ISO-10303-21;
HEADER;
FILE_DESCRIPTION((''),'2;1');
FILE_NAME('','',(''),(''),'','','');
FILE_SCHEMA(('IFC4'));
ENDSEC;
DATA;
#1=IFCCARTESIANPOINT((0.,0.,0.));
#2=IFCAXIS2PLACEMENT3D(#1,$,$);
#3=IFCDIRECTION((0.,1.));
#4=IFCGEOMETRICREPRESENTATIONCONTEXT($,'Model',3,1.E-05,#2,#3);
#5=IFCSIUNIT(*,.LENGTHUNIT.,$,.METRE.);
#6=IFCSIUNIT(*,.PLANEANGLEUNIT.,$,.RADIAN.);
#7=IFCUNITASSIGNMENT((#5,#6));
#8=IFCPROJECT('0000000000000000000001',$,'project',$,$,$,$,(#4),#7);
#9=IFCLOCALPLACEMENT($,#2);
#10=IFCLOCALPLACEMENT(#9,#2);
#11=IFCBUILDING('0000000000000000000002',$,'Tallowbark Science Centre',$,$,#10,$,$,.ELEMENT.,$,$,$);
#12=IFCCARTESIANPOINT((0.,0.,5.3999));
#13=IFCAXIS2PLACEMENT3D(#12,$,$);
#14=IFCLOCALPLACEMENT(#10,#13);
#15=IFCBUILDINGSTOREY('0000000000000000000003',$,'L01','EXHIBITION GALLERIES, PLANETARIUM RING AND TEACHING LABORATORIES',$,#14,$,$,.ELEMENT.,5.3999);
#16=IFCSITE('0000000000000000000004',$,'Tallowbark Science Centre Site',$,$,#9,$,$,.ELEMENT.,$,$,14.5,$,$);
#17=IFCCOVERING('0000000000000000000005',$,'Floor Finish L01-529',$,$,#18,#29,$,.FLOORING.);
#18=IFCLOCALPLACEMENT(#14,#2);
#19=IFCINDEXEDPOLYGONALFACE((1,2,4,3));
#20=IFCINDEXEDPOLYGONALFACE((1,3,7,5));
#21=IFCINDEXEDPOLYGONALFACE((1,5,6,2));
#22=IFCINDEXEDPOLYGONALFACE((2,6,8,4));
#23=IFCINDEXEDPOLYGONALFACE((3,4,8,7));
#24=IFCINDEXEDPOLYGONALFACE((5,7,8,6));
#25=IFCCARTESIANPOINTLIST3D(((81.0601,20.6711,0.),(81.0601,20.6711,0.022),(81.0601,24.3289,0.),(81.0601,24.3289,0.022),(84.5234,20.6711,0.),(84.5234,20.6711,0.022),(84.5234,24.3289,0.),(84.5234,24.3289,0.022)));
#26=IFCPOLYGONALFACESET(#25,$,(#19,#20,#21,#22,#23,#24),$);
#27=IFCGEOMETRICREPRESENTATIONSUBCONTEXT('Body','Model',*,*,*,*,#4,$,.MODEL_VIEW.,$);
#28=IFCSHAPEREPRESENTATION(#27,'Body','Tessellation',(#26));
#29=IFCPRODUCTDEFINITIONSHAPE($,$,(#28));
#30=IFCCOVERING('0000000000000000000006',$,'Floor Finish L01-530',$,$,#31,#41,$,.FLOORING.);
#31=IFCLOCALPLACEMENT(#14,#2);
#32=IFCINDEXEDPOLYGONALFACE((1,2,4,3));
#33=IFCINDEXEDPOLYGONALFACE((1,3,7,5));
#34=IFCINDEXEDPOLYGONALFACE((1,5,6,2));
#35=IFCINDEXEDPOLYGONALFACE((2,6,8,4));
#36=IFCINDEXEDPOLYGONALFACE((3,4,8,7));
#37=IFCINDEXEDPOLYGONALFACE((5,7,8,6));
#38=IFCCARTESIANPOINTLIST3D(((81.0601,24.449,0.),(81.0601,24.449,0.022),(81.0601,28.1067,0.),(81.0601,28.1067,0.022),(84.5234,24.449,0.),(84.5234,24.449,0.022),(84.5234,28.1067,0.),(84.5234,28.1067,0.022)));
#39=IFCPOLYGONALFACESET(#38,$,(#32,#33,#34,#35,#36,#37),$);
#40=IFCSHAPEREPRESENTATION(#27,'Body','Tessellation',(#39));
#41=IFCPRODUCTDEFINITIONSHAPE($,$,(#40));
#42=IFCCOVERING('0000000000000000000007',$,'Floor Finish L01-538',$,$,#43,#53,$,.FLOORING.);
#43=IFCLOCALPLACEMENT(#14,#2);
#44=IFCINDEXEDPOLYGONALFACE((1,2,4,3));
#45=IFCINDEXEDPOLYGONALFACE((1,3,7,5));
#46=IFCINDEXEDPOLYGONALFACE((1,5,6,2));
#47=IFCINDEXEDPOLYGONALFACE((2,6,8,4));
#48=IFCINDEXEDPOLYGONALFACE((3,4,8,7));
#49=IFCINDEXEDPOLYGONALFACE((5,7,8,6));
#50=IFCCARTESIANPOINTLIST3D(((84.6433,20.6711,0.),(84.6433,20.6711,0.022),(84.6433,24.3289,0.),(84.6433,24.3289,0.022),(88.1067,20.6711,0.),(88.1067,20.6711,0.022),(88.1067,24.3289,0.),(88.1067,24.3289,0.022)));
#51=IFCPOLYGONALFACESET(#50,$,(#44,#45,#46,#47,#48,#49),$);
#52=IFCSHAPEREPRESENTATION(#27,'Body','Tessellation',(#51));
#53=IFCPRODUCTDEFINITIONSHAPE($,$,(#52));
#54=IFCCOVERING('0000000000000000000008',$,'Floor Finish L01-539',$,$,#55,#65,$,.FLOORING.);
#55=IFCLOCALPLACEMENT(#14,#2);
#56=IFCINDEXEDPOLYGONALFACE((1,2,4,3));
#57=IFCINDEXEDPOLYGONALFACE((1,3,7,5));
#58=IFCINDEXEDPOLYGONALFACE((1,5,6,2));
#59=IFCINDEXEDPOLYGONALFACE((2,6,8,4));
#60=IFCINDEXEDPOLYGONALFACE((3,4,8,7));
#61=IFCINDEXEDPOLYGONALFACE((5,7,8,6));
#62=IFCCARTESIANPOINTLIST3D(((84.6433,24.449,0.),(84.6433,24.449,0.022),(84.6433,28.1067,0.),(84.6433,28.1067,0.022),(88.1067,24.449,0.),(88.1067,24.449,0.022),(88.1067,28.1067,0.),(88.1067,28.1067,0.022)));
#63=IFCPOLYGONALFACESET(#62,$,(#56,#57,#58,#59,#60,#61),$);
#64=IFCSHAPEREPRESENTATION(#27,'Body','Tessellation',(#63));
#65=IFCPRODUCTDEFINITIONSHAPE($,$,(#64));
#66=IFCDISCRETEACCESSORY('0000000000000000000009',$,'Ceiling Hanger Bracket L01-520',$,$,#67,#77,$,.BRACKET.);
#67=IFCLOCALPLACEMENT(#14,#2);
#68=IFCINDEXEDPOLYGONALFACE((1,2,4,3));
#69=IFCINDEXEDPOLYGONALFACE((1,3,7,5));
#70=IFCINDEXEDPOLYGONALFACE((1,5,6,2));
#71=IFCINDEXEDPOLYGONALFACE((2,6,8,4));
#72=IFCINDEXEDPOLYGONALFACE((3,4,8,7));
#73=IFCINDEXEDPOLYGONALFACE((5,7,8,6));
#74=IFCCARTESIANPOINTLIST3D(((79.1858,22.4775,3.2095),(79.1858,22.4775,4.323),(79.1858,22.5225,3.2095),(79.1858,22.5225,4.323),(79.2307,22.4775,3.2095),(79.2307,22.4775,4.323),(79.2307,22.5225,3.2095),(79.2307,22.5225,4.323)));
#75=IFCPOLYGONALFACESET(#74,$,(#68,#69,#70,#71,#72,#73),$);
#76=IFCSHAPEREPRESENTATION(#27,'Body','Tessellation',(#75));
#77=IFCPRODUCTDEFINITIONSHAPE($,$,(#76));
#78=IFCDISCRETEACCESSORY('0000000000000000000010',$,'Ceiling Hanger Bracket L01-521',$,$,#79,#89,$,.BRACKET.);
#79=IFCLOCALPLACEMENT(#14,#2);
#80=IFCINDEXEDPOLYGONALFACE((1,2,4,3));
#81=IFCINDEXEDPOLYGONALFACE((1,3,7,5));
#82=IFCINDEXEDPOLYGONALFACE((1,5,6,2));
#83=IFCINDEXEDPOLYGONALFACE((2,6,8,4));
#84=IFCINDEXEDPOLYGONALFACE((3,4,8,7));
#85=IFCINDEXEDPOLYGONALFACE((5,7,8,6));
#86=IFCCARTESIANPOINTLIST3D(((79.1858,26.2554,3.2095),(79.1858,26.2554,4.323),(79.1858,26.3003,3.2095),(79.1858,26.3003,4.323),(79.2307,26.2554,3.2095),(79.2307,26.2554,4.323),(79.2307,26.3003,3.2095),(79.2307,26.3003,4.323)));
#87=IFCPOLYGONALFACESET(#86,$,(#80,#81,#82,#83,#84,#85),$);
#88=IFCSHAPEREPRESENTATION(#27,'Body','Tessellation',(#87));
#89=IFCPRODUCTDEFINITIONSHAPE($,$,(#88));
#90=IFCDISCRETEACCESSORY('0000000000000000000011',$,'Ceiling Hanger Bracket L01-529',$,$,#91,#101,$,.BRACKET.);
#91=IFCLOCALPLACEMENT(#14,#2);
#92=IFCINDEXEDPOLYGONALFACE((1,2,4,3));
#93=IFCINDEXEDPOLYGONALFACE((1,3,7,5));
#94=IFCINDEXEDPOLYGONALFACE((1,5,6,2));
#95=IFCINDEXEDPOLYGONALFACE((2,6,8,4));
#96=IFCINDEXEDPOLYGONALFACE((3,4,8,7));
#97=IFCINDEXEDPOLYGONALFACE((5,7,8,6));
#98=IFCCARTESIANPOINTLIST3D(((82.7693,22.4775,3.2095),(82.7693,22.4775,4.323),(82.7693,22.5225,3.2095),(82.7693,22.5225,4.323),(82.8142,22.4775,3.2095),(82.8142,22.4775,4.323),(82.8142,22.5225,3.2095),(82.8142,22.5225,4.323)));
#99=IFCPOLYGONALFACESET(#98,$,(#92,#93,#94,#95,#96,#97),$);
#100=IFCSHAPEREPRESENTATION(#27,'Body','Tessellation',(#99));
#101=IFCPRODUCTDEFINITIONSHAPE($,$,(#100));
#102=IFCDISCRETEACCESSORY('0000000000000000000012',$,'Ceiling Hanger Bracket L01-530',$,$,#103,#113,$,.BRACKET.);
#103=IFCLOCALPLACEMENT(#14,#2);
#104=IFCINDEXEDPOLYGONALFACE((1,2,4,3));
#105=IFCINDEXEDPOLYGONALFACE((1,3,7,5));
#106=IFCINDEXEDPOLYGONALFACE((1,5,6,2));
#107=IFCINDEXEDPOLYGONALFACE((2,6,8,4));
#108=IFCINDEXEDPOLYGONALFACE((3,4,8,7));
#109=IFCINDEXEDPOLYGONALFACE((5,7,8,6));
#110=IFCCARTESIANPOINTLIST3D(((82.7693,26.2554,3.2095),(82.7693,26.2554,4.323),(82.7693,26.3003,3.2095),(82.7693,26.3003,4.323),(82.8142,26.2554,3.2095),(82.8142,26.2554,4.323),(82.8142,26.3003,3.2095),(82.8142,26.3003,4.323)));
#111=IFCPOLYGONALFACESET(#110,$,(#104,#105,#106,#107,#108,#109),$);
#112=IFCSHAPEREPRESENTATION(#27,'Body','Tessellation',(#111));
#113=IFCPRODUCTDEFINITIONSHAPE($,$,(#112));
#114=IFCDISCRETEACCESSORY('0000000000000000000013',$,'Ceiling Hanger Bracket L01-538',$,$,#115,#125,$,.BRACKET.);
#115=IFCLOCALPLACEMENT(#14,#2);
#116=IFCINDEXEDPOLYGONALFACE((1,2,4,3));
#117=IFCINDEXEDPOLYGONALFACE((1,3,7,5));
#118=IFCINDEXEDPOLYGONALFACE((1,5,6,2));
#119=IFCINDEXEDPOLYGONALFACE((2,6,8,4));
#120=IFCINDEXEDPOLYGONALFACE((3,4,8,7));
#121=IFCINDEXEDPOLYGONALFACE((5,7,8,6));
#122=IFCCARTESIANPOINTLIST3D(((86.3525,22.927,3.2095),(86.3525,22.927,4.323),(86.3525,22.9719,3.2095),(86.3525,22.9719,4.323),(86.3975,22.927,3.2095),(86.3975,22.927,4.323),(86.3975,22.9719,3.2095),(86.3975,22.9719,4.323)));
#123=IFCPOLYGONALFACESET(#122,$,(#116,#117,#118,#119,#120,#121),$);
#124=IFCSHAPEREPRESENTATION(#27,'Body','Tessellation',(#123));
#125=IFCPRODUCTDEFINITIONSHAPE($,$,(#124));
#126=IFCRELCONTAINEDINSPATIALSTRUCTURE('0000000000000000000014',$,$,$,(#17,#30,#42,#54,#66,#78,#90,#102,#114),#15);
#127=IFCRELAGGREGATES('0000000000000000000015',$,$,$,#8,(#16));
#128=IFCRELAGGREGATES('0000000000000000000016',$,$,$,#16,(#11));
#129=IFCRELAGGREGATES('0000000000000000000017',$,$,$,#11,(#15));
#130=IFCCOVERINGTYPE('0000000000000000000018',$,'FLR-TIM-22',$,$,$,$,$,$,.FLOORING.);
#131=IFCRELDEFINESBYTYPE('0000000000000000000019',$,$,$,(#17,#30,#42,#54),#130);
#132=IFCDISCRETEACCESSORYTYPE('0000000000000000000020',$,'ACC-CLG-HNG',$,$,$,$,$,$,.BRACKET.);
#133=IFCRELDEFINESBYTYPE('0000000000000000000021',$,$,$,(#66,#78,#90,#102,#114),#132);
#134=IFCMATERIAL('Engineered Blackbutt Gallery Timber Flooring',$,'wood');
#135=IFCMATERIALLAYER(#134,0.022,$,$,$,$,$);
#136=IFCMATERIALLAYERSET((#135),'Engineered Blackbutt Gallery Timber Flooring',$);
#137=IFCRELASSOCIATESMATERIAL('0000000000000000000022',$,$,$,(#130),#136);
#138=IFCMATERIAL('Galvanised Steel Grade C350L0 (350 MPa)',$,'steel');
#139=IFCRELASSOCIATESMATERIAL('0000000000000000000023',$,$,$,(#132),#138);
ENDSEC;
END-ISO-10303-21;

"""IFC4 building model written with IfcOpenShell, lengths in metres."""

from ifc_helpers import new_model, si_unit, direction, frame, origin, origin_2d, place, context, subcontext, project, spatial, rectangle, extrude, material, layer, layer_set, type_object, element, save


model = new_model("IFC4")

# Units and contexts
model_context = context("Model", 3, precision=1e-05, world=origin(), true_north=direction((0.0, 1.0)))
body_context = subcontext(model_context, "Body", "Model", "MODEL_VIEW")
ifc_project = project(units=[si_unit("LENGTHUNIT", "METRE"), si_unit("PLANEANGLEUNIT", "RADIAN")], contexts=[model_context])

# Site, building, storey
site_placement = place(None, origin())
site = spatial("IfcSite", under=ifc_project, at=site_placement, Name="Tallowbark Science Centre Site", CompositionType="ELEMENT", RefElevation=14.5)
building_placement = place(site_placement, origin())
building = spatial("IfcBuilding", under=site, at=building_placement, Name="Tallowbark Science Centre", CompositionType="ELEMENT")
storey_placement = place(building_placement, frame((0.0, 0.0, 5.3999)))
storey = spatial("IfcBuildingStorey", under=building, at=storey_placement, Name="L01", Description="EXHIBITION GALLERIES, PLANETARIUM RING AND TEACHING LABORATORIES", CompositionType="ELEMENT", Elevation=5.3999)

# Coverings
ifc_material_1 = material(Name="Engineered Blackbutt Gallery Timber Flooring", Category="wood")
ifc_layer_1 = layer(ifc_material_1, 0.022)
ifc_layer_set_1 = layer_set([ifc_layer_1], Name="Engineered Blackbutt Gallery Timber Flooring")
covering_type_1 = type_object("IfcCoveringType", Name="FLR-TIM-22", PredefinedType="FLOORING", material=ifc_layer_set_1)
for number, where, z_axis, x_axis, name in (
    (1, (82.7917, 22.5, 0.0), (0.0, 0.0, 1.0), (1.0, 0.0, 0.0), "Floor Finish L01-529"),
    (2, (82.7917, 26.2778, 0.0), (0.0, 0.0, 1.0), (1.0, 0.0, 0.0), "Floor Finish L01-530"),
    (3, (86.375, 22.5, 0.0), (0.0, 0.0, 1.0), (1.0, 0.0, 0.0), "Floor Finish L01-538"),
    (4, (86.375, 26.2778, 0.0), (0.0, 0.0, 1.0), (1.0, 0.0, 0.0), "Floor Finish L01-539"),
):
    element("IfcCovering", number, at=place(storey_placement, frame(where, z_axis=z_axis, x_axis=x_axis)), inside=storey, type_object=covering_type_1, Name=name, PredefinedType="FLOORING", context=body_context, shape_type="SweptSolid", body=[
        extrude(rectangle(XDim=3.4634, YDim=3.6577, at=origin_2d()), origin(), (0.0, 0.0, 1.0), 0.022),
    ])

# Discrete accessories
ifc_material_2 = material(Name="Galvanised Steel Grade C350L0 (350 MPa)", Category="steel")
discrete_accessory_type = type_object("IfcDiscreteAccessoryType", Name="ACC-CLG-HNG", PredefinedType="BRACKET", material=ifc_material_2)
for number, where, z_axis, x_axis, name in (
    (5, (79.2083, 22.5, 3.2095), (0.0, 0.0, 1.0), (1.0, 0.0, 0.0), "Ceiling Hanger Bracket L01-520"),
    (6, (79.2083, 26.2778, 3.2095), (0.0, 0.0, 1.0), (1.0, 0.0, 0.0), "Ceiling Hanger Bracket L01-521"),
    (7, (82.7917, 22.5, 3.2095), (0.0, 0.0, 1.0), (1.0, 0.0, 0.0), "Ceiling Hanger Bracket L01-529"),
    (8, (82.7917, 26.2778, 3.2095), (0.0, 0.0, 1.0), (1.0, 0.0, 0.0), "Ceiling Hanger Bracket L01-530"),
    (9, (86.375, 22.9495, 3.2095), (0.0, 0.0, 1.0), (1.0, 0.0, 0.0), "Ceiling Hanger Bracket L01-538"),
):
    element("IfcDiscreteAccessory", number, at=place(storey_placement, frame(where, z_axis=z_axis, x_axis=x_axis)), inside=storey, type_object=discrete_accessory_type, Name=name, PredefinedType="BRACKET", context=body_context, shape_type="SweptSolid", body=[
        extrude(rectangle(XDim=0.0449, YDim=0.0449, at=origin_2d()), origin(), (0.0, 0.0, 1.0), 1.1135),
    ])

save(model, "model.ifc")
